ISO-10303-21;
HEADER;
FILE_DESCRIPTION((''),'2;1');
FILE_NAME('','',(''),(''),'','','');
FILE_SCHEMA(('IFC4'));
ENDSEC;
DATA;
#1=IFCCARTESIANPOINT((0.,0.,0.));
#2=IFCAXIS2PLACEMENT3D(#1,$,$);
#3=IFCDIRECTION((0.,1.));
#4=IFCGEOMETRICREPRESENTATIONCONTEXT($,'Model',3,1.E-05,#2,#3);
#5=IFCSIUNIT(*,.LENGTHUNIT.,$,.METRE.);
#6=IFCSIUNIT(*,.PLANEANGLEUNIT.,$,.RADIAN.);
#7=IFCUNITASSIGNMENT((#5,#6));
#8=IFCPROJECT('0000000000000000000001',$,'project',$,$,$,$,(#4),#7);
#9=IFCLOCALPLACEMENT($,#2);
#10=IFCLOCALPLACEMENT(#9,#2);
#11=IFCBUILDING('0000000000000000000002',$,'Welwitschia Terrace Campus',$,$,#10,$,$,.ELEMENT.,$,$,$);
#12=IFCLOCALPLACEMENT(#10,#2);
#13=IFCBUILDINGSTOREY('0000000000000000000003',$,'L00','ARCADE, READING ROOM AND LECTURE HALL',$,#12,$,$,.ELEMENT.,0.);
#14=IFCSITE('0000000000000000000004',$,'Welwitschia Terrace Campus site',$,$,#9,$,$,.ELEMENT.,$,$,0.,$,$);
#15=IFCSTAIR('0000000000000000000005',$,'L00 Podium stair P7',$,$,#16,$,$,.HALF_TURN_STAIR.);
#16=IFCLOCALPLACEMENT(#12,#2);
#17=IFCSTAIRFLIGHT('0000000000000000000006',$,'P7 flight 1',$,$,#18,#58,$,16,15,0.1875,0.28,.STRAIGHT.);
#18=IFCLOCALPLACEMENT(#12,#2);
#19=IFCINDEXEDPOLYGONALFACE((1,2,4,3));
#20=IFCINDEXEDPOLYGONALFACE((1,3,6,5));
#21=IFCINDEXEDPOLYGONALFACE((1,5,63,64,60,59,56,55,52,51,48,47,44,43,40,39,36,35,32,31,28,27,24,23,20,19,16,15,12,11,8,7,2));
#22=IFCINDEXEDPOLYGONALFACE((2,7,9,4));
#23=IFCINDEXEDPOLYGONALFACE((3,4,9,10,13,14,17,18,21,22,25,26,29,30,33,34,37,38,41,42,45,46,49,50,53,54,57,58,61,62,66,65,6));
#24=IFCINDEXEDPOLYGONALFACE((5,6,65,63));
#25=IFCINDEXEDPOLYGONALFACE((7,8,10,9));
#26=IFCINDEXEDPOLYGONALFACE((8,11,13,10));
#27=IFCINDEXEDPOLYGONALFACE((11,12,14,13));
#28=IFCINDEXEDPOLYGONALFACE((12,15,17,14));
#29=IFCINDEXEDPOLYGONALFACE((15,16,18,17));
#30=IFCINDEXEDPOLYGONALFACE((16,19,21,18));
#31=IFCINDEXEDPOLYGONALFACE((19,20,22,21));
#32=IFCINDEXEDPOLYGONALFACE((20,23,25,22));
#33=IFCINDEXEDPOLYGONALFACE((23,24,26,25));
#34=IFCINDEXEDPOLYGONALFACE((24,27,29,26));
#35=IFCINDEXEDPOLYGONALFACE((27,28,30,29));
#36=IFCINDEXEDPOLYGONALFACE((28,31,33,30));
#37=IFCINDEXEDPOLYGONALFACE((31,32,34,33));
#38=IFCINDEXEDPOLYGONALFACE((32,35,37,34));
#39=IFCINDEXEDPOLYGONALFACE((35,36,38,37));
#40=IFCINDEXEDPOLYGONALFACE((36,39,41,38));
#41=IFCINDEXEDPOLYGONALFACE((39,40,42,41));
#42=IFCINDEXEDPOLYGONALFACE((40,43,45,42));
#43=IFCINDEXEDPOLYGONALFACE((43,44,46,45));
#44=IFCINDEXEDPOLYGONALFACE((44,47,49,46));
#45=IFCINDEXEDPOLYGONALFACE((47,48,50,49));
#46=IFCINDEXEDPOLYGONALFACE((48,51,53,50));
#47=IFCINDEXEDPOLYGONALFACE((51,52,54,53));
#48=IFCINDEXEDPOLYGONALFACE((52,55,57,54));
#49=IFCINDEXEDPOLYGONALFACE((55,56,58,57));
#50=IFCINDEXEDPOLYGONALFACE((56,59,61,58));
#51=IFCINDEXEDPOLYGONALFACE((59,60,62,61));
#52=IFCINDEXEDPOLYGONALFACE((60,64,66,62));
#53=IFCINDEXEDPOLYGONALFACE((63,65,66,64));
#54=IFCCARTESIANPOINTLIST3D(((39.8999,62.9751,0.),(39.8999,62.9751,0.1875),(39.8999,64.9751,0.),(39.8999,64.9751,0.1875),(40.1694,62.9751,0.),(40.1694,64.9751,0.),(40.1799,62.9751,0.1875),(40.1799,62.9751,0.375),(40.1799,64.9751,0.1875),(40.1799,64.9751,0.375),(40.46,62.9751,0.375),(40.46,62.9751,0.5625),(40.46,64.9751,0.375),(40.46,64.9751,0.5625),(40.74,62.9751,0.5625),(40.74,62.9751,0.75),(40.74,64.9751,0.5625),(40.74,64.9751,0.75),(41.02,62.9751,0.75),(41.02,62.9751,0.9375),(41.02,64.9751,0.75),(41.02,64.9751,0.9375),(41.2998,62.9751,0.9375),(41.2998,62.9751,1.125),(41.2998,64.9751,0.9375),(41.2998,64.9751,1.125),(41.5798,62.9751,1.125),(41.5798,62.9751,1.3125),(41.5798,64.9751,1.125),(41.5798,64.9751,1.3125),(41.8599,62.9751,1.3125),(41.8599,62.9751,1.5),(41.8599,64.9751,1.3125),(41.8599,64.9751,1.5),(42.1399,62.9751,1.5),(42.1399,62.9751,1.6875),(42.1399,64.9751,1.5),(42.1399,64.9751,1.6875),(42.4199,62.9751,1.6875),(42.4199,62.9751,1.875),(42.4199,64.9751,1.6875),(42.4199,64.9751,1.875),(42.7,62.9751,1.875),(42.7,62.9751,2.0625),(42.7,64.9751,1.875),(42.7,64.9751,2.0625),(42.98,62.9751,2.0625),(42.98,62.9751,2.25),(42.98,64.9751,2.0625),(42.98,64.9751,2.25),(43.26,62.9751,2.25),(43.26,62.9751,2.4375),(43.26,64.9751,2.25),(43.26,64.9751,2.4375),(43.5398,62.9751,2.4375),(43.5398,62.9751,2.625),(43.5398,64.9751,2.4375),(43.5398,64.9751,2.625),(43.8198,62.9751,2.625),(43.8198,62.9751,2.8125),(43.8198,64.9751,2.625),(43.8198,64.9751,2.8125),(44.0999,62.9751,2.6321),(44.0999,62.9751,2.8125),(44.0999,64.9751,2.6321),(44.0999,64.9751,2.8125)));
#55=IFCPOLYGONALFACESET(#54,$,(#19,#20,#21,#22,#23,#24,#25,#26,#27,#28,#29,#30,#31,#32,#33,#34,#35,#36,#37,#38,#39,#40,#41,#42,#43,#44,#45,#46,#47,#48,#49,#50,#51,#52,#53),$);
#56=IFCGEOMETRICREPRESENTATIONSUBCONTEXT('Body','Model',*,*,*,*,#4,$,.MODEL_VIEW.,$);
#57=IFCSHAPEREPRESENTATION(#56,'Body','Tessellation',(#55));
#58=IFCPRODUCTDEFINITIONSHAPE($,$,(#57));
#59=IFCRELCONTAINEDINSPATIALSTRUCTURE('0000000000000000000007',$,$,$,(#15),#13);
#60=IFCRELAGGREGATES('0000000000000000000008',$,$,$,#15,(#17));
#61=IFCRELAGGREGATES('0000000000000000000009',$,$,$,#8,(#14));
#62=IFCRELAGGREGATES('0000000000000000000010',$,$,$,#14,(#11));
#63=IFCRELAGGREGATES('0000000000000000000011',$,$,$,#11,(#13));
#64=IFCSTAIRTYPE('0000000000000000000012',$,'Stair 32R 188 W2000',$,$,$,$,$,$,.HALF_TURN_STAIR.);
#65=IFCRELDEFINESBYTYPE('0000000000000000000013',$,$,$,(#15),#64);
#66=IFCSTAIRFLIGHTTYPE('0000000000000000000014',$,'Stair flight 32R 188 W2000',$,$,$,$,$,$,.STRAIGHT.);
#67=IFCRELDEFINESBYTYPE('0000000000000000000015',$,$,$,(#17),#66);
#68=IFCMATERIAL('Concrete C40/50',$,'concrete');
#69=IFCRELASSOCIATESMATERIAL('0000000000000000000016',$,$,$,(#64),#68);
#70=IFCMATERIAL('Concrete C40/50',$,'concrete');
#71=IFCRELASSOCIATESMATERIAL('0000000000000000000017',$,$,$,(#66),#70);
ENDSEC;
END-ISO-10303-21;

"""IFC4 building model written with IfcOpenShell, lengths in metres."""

from ifc_helpers import new_model, si_unit, direction, frame, origin, place, context, subcontext, project, spatial, polyline, outline, extrude, material, type_object, element, aggregate, save


model = new_model("IFC4")

# Units and contexts
model_context = context("Model", 3, precision=1e-05, world=origin(), true_north=direction((0.0, 1.0)))
body_context = subcontext(model_context, "Body", "Model", "MODEL_VIEW")
ifc_project = project(units=[si_unit("LENGTHUNIT", "METRE"), si_unit("PLANEANGLEUNIT", "RADIAN")], contexts=[model_context])

# Site, building, storey
site_placement = place(None, origin())
site = spatial("IfcSite", under=ifc_project, at=site_placement, Name="Welwitschia Terrace Campus site", CompositionType="ELEMENT", RefElevation=0.0)
building_placement = place(site_placement, origin())
building = spatial("IfcBuilding", under=site, at=building_placement, Name="Welwitschia Terrace Campus", CompositionType="ELEMENT")
storey_placement = place(building_placement, origin())
storey = spatial("IfcBuildingStorey", under=building, at=storey_placement, Name="L00", Description="ARCADE, READING ROOM AND LECTURE HALL", CompositionType="ELEMENT", Elevation=0.0)

# Stair, stair flight
ifc_material_1 = material(Name="Concrete C40/50", Category="concrete")
stair_type = type_object("IfcStairType", Name="Stair 32R 188 W2000", PredefinedType="HALF_TURN_STAIR", material=ifc_material_1)
stair_placement = place(storey_placement, origin())
stair = element("IfcStair", 1, at=stair_placement, inside=storey, type_object=stair_type, Name="L00 Podium stair P7", PredefinedType="HALF_TURN_STAIR")
ifc_material_2 = material(Name="Concrete C40/50", Category="concrete")
stair_flight_type = type_object("IfcStairFlightType", Name="Stair flight 32R 188 W2000", PredefinedType="STRAIGHT", material=ifc_material_2)
stair_flight_placement = place(storey_placement, frame((39.8999, 63.9751, 0.0), z_axis=(0.0, 0.0, 1.0), x_axis=(1.0, 0.0, 0.0)))
stair_flight = element("IfcStairFlight", 2, at=stair_flight_placement, type_object=stair_flight_type, Name="P7 flight 1", NumberOfRisers=16, NumberOfTreads=15, PredefinedType="STRAIGHT", RiserHeight=0.1875, TreadLength=0.28, context=body_context, shape_type="SweptSolid", body=[
    extrude(outline(polyline([(0.0, 0.0), (0.0, 0.1875), (0.28, 0.1875), (0.28, 0.375), (0.5601, 0.375), (0.5601, 0.5625), (0.8401, 0.5625), (0.8401, 0.75), (1.1201, 0.75), (1.1201, 0.9375), (1.3999, 0.9375), (1.3999, 1.125), (1.6799, 1.125), (1.6799, 1.3125), (1.96, 1.3125), (1.96, 1.5), (2.24, 1.5), (2.24, 1.6875), (2.52, 1.6875), (2.52, 1.875), (2.8, 1.875), (2.8, 2.0625), (3.0801, 2.0625), (3.0801, 2.25), (3.3601, 2.25), (3.3601, 2.4375), (3.6399, 2.4375), (3.6399, 2.625), (3.9199, 2.625), (3.9199, 2.8125), (4.2, 2.8125), (4.2, 3.0), (4.2, 2.6321), (0.2695, 0.0), (0.0, 0.0)])), frame((0.0, 1.0, 0.0), z_axis=(0.0, -1.0, 0.0), x_axis=(1.0, 0.0, 0.0)), (0.0, 0.0, 1.0), 2.0),
])
aggregate(stair, [stair_flight])

save(model, "model.ifc")
